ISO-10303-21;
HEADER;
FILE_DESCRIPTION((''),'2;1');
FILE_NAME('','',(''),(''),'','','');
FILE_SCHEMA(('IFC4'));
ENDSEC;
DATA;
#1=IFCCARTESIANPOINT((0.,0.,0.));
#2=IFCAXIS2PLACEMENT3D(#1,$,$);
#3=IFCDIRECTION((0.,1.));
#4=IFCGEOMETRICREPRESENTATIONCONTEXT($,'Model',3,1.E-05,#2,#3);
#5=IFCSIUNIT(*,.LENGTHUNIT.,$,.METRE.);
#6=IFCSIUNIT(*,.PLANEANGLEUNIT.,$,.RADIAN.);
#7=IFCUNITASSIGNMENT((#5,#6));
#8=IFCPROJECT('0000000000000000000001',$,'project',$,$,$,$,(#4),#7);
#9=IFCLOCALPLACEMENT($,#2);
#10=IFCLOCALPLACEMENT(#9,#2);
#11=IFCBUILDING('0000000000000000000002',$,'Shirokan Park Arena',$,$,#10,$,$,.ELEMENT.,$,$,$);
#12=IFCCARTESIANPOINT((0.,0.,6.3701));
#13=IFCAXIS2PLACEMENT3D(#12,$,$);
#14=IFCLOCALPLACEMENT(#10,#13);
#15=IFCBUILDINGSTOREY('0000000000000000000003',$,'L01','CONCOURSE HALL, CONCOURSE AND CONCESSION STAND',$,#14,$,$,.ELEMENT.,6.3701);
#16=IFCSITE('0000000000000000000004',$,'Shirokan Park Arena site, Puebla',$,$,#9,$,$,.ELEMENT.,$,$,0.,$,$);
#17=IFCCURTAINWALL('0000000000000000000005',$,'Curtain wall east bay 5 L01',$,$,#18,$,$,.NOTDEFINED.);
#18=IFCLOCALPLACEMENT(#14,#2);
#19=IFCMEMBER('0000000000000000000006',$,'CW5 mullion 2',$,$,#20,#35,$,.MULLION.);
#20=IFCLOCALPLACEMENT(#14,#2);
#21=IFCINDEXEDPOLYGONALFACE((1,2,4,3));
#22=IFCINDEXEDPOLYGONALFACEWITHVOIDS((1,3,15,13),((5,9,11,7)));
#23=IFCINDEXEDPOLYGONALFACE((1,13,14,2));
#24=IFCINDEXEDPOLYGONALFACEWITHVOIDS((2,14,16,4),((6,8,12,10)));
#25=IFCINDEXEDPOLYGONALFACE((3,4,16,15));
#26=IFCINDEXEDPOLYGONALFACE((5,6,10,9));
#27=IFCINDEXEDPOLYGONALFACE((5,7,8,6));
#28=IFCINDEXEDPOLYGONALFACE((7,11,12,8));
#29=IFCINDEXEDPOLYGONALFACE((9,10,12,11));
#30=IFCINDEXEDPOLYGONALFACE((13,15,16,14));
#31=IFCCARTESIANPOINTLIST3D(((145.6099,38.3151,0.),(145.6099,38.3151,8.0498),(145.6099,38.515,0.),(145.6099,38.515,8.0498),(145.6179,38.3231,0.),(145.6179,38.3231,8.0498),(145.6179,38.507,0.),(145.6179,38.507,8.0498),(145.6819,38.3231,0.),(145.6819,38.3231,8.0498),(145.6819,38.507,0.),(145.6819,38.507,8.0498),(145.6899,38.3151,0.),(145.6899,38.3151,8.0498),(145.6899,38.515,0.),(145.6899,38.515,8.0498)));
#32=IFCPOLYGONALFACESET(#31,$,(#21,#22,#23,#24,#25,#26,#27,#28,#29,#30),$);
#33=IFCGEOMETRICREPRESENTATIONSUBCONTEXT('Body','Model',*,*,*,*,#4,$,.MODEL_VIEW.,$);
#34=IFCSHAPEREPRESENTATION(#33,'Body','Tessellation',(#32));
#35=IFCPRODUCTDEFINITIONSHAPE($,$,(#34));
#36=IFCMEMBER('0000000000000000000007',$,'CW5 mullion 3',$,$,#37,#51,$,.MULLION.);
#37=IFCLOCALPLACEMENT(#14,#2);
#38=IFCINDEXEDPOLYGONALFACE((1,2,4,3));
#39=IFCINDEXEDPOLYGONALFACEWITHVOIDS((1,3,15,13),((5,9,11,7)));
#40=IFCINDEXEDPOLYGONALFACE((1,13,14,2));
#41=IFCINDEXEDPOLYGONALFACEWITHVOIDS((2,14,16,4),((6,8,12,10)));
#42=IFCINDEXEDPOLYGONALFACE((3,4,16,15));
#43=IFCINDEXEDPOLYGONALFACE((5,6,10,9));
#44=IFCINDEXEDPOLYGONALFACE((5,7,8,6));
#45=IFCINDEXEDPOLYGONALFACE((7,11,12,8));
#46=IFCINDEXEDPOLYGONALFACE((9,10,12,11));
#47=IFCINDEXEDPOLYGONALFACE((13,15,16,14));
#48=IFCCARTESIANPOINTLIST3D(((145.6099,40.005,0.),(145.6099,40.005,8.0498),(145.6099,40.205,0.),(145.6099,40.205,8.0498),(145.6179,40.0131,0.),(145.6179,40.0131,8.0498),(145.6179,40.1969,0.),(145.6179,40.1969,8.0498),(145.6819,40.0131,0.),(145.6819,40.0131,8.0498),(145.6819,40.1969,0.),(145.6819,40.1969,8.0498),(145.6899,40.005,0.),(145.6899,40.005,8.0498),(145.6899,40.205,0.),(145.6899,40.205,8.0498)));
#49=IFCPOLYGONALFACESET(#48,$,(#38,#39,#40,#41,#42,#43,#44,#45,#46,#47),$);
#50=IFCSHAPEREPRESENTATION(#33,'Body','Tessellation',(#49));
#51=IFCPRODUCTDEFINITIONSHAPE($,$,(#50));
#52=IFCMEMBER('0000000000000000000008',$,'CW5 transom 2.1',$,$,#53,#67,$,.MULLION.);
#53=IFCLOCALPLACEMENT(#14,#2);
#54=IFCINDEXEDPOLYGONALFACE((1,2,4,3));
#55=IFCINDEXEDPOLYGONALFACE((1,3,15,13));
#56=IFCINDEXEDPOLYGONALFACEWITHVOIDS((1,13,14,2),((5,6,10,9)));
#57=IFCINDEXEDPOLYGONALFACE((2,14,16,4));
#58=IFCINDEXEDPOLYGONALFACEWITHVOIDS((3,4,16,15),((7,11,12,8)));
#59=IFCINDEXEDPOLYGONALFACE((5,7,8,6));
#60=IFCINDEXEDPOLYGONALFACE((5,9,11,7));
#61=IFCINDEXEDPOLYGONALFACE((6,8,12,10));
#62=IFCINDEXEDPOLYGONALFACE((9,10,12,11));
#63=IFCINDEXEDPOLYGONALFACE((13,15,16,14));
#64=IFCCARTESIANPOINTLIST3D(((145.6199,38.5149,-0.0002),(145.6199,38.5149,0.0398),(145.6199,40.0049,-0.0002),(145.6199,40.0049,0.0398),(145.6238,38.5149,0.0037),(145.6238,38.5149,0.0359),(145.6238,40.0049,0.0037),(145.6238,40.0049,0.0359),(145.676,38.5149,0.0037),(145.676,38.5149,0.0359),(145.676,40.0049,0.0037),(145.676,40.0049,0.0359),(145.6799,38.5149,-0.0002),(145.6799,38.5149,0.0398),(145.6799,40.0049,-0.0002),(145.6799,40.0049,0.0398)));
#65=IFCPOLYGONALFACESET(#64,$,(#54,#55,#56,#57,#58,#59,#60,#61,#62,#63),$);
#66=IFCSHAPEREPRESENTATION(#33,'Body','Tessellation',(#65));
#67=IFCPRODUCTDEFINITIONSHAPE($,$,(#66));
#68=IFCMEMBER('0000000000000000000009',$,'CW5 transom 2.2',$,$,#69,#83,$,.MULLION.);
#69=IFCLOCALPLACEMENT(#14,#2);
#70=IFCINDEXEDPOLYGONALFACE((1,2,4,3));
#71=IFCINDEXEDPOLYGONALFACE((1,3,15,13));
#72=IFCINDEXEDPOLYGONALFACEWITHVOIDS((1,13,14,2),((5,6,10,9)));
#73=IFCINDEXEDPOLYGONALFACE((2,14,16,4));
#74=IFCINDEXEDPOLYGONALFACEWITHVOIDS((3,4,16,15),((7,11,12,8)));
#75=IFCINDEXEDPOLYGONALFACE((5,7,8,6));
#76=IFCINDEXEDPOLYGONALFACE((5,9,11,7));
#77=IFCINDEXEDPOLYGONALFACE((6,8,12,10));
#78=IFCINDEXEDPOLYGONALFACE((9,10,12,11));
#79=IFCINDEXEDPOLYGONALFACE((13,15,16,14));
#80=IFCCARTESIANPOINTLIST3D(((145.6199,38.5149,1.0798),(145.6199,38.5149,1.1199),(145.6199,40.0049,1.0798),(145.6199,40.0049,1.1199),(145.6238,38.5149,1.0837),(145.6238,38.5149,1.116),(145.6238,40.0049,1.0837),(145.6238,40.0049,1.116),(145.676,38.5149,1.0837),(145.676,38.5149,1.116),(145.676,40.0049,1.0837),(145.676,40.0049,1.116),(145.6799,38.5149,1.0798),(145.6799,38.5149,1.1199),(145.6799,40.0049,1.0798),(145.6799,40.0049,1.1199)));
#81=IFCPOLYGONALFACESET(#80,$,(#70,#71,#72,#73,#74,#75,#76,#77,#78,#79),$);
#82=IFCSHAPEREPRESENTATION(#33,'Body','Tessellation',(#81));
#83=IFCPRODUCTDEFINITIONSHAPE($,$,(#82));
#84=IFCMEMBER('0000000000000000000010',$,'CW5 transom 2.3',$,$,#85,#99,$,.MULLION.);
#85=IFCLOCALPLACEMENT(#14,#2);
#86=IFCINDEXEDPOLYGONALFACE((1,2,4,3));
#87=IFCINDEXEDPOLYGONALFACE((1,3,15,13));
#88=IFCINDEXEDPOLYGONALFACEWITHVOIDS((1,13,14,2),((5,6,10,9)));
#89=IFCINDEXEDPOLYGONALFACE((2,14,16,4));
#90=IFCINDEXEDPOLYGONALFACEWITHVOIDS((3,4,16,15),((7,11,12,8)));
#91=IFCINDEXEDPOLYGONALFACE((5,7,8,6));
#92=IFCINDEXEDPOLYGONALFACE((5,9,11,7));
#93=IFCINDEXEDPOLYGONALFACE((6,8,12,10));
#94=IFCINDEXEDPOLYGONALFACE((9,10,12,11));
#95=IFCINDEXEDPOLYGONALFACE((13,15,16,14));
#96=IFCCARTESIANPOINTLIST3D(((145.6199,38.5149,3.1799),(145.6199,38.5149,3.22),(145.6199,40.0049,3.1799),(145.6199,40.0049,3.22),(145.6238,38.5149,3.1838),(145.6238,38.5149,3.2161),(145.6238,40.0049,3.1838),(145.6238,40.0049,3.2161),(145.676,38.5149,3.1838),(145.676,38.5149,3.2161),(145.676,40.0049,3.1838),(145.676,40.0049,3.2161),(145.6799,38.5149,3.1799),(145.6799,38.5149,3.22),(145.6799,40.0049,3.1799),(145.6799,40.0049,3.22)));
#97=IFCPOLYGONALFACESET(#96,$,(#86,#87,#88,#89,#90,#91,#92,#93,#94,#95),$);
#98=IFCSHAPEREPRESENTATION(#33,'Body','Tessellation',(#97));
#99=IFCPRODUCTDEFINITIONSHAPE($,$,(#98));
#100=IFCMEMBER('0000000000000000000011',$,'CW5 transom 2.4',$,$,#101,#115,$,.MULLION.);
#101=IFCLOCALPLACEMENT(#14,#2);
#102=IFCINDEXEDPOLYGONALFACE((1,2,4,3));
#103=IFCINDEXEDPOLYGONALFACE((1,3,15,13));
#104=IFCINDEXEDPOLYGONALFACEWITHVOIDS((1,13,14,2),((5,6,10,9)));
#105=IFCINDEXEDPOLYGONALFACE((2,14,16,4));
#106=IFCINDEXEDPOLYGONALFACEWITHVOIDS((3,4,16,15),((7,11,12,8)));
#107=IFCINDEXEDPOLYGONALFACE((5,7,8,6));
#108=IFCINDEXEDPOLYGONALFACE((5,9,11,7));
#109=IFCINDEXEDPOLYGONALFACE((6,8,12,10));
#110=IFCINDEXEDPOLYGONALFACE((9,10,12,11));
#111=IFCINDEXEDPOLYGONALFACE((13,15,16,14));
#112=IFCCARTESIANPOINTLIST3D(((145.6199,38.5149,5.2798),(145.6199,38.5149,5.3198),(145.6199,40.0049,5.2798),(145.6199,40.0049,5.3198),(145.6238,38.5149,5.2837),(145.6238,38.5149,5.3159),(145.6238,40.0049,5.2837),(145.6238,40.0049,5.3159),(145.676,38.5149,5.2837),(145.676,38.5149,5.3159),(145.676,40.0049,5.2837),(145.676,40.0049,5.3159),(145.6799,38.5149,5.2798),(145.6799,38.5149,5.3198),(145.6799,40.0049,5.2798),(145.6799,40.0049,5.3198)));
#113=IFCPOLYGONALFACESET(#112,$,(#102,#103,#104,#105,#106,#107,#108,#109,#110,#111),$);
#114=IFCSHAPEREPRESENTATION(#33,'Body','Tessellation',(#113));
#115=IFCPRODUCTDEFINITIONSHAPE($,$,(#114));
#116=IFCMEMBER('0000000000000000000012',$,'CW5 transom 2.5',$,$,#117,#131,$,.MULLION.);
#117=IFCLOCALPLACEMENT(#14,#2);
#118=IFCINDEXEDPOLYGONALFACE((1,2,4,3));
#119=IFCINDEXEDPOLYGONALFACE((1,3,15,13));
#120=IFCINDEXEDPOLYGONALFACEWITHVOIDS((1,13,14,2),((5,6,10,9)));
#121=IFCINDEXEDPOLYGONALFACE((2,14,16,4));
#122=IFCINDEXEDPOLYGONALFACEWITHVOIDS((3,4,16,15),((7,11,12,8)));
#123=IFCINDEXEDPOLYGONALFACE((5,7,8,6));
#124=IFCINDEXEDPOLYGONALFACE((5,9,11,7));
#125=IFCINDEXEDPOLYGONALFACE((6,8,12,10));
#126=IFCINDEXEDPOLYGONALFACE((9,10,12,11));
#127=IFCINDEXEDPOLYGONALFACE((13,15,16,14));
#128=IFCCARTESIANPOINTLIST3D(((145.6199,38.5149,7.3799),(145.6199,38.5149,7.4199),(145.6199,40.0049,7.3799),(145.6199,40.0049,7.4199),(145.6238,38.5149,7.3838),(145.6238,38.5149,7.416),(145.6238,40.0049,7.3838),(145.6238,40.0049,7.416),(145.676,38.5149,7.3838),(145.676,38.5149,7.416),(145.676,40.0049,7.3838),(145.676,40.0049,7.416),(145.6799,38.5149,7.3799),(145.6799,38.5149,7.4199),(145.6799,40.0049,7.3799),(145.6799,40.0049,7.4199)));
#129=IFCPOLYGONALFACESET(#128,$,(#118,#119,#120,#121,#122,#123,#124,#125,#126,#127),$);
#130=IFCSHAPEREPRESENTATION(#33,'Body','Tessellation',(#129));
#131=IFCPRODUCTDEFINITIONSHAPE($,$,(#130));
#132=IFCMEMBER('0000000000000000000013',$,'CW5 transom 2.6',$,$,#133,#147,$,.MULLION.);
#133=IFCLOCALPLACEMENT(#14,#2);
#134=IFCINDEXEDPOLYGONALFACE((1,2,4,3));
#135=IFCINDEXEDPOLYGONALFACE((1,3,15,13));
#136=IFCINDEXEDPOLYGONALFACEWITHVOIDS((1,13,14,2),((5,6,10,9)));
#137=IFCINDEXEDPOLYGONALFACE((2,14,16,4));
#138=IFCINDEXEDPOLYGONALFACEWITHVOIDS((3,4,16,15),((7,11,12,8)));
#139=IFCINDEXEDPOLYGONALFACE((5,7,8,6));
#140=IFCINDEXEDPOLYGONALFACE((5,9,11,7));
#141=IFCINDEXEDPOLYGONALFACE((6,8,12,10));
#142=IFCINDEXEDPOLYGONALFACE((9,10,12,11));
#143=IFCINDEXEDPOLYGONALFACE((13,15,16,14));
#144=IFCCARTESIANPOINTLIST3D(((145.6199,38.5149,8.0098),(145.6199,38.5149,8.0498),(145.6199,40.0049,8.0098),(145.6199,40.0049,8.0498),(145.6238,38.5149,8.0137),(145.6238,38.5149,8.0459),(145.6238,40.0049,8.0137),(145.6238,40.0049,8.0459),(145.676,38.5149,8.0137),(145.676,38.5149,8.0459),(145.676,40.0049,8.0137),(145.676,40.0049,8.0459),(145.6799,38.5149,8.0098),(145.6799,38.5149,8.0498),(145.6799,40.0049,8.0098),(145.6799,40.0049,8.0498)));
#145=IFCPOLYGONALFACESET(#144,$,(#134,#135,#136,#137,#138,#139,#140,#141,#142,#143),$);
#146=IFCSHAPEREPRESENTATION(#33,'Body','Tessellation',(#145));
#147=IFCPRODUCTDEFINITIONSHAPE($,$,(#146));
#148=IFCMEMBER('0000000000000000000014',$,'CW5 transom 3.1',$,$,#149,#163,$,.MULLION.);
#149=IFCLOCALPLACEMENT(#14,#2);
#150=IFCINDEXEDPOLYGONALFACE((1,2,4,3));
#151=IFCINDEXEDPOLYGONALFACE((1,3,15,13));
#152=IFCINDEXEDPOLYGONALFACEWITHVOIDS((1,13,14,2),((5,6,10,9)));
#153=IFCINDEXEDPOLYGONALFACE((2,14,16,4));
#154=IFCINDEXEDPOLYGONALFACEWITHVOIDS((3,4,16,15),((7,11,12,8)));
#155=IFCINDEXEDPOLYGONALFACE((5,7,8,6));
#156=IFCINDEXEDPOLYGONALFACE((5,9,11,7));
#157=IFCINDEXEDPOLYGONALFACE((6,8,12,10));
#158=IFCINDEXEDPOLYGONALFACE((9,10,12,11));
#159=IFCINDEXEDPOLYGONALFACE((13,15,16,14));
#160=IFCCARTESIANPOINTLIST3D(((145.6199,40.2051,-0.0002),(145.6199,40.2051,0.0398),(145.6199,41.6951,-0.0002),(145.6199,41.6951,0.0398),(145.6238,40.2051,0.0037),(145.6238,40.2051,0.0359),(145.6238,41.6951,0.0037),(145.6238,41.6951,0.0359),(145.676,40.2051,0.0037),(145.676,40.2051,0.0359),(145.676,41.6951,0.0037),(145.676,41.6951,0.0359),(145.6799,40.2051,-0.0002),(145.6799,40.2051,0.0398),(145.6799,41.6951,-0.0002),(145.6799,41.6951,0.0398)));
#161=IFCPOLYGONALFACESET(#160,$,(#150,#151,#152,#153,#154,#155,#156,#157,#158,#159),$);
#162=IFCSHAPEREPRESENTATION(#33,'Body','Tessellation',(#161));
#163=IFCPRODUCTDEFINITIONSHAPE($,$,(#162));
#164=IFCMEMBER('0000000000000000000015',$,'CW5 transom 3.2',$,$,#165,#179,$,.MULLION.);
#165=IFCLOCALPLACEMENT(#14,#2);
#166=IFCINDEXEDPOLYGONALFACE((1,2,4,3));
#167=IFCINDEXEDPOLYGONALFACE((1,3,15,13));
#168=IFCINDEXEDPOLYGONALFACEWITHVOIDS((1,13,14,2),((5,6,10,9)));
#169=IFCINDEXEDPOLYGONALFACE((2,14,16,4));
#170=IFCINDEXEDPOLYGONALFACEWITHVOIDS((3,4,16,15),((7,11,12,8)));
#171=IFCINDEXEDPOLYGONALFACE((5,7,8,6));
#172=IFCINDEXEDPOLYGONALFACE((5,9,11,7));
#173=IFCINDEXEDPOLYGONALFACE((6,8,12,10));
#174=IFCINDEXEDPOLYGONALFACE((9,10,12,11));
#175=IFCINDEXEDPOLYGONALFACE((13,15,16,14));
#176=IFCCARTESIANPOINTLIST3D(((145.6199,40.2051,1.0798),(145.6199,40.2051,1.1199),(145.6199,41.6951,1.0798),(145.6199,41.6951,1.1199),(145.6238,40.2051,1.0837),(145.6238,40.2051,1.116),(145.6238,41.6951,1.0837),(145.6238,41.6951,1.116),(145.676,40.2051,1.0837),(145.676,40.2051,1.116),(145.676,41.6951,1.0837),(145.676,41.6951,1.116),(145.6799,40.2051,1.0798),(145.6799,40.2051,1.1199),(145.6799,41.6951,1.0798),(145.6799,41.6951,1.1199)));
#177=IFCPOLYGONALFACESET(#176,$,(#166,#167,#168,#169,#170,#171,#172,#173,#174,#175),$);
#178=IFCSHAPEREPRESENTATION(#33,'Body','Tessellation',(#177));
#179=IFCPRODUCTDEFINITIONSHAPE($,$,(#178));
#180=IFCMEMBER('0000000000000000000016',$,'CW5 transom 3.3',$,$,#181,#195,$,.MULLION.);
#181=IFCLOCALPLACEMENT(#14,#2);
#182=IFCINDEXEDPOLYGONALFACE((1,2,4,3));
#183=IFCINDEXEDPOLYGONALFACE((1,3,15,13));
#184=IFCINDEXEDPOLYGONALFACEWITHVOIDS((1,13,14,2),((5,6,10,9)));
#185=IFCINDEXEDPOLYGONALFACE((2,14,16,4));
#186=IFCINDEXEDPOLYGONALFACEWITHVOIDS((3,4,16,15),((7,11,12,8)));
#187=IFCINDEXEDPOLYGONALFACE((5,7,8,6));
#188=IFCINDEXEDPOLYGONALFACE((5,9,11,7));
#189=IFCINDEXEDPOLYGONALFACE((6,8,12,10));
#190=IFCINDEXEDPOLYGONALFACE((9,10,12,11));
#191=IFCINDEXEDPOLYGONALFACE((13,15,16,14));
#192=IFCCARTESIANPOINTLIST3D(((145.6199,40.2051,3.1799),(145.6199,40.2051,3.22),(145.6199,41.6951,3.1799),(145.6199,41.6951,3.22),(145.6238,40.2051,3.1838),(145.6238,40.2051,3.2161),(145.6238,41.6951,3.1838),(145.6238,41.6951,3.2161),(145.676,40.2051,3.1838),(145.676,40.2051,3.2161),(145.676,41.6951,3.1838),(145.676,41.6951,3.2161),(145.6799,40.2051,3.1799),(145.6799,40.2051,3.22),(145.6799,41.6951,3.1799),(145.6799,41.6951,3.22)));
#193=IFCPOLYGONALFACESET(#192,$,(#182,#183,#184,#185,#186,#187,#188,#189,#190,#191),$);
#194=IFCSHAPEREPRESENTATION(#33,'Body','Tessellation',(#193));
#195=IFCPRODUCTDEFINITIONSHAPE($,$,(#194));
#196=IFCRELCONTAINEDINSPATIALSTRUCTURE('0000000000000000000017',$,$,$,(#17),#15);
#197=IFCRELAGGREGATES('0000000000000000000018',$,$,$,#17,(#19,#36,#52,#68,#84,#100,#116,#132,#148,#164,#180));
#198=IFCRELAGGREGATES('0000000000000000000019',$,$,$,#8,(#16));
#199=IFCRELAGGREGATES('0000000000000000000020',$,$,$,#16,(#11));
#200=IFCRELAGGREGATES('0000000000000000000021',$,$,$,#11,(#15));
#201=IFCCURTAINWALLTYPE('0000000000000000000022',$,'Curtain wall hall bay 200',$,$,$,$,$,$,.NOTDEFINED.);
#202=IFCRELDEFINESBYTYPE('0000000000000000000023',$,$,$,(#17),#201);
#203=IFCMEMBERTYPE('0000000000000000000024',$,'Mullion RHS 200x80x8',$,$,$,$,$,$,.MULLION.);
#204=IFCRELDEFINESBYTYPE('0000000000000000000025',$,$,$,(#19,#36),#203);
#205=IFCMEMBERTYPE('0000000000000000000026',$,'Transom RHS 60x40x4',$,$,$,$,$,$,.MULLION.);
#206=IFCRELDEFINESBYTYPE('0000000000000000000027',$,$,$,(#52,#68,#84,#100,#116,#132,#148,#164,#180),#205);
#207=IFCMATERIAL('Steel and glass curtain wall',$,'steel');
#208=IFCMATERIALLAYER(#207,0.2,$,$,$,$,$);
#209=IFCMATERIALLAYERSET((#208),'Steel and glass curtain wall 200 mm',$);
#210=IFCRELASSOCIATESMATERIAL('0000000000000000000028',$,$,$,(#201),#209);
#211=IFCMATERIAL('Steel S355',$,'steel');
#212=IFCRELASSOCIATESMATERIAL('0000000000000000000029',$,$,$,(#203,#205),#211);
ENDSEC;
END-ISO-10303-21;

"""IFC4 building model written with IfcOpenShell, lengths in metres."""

from ifc_helpers import new_model, si_unit, direction, frame, origin, origin_2d, place, context, subcontext, project, spatial, hollow_rectangle, extrude, material, layer, layer_set, material_profile, profile_set, type_object, element, aggregate, save


model = new_model("IFC4")

# Units and contexts
model_context = context("Model", 3, precision=1e-05, world=origin(), true_north=direction((0.0, 1.0)))
body_context = subcontext(model_context, "Body", "Model", "MODEL_VIEW")
ifc_project = project(units=[si_unit("LENGTHUNIT", "METRE"), si_unit("PLANEANGLEUNIT", "RADIAN")], contexts=[model_context])

# Site, building, storey
site_placement = place(None, origin())
site = spatial("IfcSite", under=ifc_project, at=site_placement, Name="Shirokan Park Arena site, Puebla", CompositionType="ELEMENT", RefElevation=0.0)
building_placement = place(site_placement, origin())
building = spatial("IfcBuilding", under=site, at=building_placement, Name="Shirokan Park Arena", CompositionType="ELEMENT")
storey_placement = place(building_placement, frame((0.0, 0.0, 6.3701)))
storey = spatial("IfcBuildingStorey", under=building, at=storey_placement, Name="L01", Description="CONCOURSE HALL, CONCOURSE AND CONCESSION STAND", CompositionType="ELEMENT", Elevation=6.3701)

# Curtain wall, members
ifc_material_1 = material(Name="Steel and glass curtain wall", Category="steel")
ifc_layer_1 = layer(ifc_material_1, 0.2)
ifc_layer_set_1 = layer_set([ifc_layer_1], Name="Steel and glass curtain wall 200 mm")
curtain_wall_type = type_object("IfcCurtainWallType", Name="Curtain wall hall bay 200", PredefinedType="NOTDEFINED", material=ifc_layer_set_1)
curtain_wall_placement = place(storey_placement, origin())
curtain_wall = element("IfcCurtainWall", 1, at=curtain_wall_placement, inside=storey, type_object=curtain_wall_type, Name="Curtain wall east bay 5 L01", PredefinedType="NOTDEFINED")
ifc_material_2 = material(Name="Steel S355", Category="steel")
ifc_material_profile_1 = material_profile(ifc_material_2, hollow_rectangle(XDim=0.0801, YDim=0.2, WallThickness=0.0081, at=origin_2d()), Name="RHS 200x80x8")
ifc_profile_set_1 = profile_set([ifc_material_profile_1], Name="Steel S355")
member_type_1 = type_object("IfcMemberType", Name="Mullion RHS 200x80x8", PredefinedType="MULLION", material=ifc_profile_set_1)
member_1_placement = place(storey_placement, frame((145.6499, 38.415, 0.0), z_axis=(0.0, 0.0, 1.0), x_axis=(-1.0, 0.0, 0.0)))
member_1 = element("IfcMember", 2, at=member_1_placement, type_object=member_type_1, Name="CW5 mullion 2", PredefinedType="MULLION", context=body_context, shape_type="SweptSolid", body=[
    extrude(hollow_rectangle(XDim=0.0801, YDim=0.2, WallThickness=0.0081, at=origin_2d()), origin(), (0.0, 0.0, 1.0), 8.0498),
])
member_2_placement = place(storey_placement, frame((145.6499, 40.105, 0.0), z_axis=(0.0, 0.0, 1.0), x_axis=(-1.0, 0.0, 0.0)))
member_2 = element("IfcMember", 3, at=member_2_placement, type_object=member_type_1, Name="CW5 mullion 3", PredefinedType="MULLION", context=body_context, shape_type="SweptSolid", body=[
    extrude(hollow_rectangle(XDim=0.0801, YDim=0.2, WallThickness=0.0081, at=origin_2d()), origin(), (0.0, 0.0, 1.0), 8.0498),
])
ifc_material_profile_2 = material_profile(ifc_material_2, hollow_rectangle(XDim=0.0601, YDim=0.04, WallThickness=0.0039, at=origin_2d()), Name="RHS 60x40x4")
ifc_profile_set_2 = profile_set([ifc_material_profile_2], Name="Steel S355")
member_type_2 = type_object("IfcMemberType", Name="Transom RHS 60x40x4", PredefinedType="MULLION", material=ifc_profile_set_2)
member_3_placement = place(storey_placement, frame((145.6499, 38.5149, 0.0198), z_axis=(0.0, 1.0, 0.0), x_axis=(-1.0, 0.0, 0.0)))
member_3 = element("IfcMember", 4, at=member_3_placement, type_object=member_type_2, Name="CW5 transom 2.1", PredefinedType="MULLION", context=body_context, shape_type="SweptSolid", body=[
    extrude(hollow_rectangle(XDim=0.0601, YDim=0.04, WallThickness=0.0039, at=origin_2d()), origin(), (0.0, 0.0, 1.0), 1.49),
])
member_4_placement = place(storey_placement, frame((145.6499, 38.5149, 1.0999), z_axis=(0.0, 1.0, 0.0), x_axis=(-1.0, 0.0, 0.0)))
member_4 = element("IfcMember", 5, at=member_4_placement, type_object=member_type_2, Name="CW5 transom 2.2", PredefinedType="MULLION", context=body_context, shape_type="SweptSolid", body=[
    extrude(hollow_rectangle(XDim=0.0601, YDim=0.04, WallThickness=0.0039, at=origin_2d()), origin(), (0.0, 0.0, 1.0), 1.49),
])
member_5_placement = place(storey_placement, frame((145.6499, 38.5149, 3.2), z_axis=(0.0, 1.0, 0.0), x_axis=(-1.0, 0.0, 0.0)))
member_5 = element("IfcMember", 6, at=member_5_placement, type_object=member_type_2, Name="CW5 transom 2.3", PredefinedType="MULLION", context=body_context, shape_type="SweptSolid", body=[
    extrude(hollow_rectangle(XDim=0.0601, YDim=0.04, WallThickness=0.0039, at=origin_2d()), origin(), (0.0, 0.0, 1.0), 1.49),
])
member_6_placement = place(storey_placement, frame((145.6499, 38.5149, 5.2998), z_axis=(0.0, 1.0, 0.0), x_axis=(-1.0, 0.0, 0.0)))
member_6 = element("IfcMember", 7, at=member_6_placement, type_object=member_type_2, Name="CW5 transom 2.4", PredefinedType="MULLION", context=body_context, shape_type="SweptSolid", body=[
    extrude(hollow_rectangle(XDim=0.0601, YDim=0.04, WallThickness=0.0039, at=origin_2d()), origin(), (0.0, 0.0, 1.0), 1.49),
])
member_7_placement = place(storey_placement, frame((145.6499, 38.5149, 7.3999), z_axis=(0.0, 1.0, 0.0), x_axis=(-1.0, 0.0, 0.0)))
member_7 = element("IfcMember", 8, at=member_7_placement, type_object=member_type_2, Name="CW5 transom 2.5", PredefinedType="MULLION", context=body_context, shape_type="SweptSolid", body=[
    extrude(hollow_rectangle(XDim=0.0601, YDim=0.04, WallThickness=0.0039, at=origin_2d()), origin(), (0.0, 0.0, 1.0), 1.49),
])
member_8_placement = place(storey_placement, frame((145.6499, 38.5149, 8.0298), z_axis=(0.0, 1.0, 0.0), x_axis=(-1.0, 0.0, 0.0)))
member_8 = element("IfcMember", 9, at=member_8_placement, type_object=member_type_2, Name="CW5 transom 2.6", PredefinedType="MULLION", context=body_context, shape_type="SweptSolid", body=[
    extrude(hollow_rectangle(XDim=0.0601, YDim=0.04, WallThickness=0.0039, at=origin_2d()), origin(), (0.0, 0.0, 1.0), 1.49),
])
member_9_placement = place(storey_placement, frame((145.6499, 40.2051, 0.0198), z_axis=(0.0, 1.0, 0.0), x_axis=(-1.0, 0.0, 0.0)))
member_9 = element("IfcMember", 10, at=member_9_placement, type_object=member_type_2, Name="CW5 transom 3.1", PredefinedType="MULLION", context=body_context, shape_type="SweptSolid", body=[
    extrude(hollow_rectangle(XDim=0.0601, YDim=0.04, WallThickness=0.0039, at=origin_2d()), origin(), (0.0, 0.0, 1.0), 1.49),
])
member_10_placement = place(storey_placement, frame((145.6499, 40.2051, 1.0999), z_axis=(0.0, 1.0, 0.0), x_axis=(-1.0, 0.0, 0.0)))
member_10 = element("IfcMember", 11, at=member_10_placement, type_object=member_type_2, Name="CW5 transom 3.2", PredefinedType="MULLION", context=body_context, shape_type="SweptSolid", body=[
    extrude(hollow_rectangle(XDim=0.0601, YDim=0.04, WallThickness=0.0039, at=origin_2d()), origin(), (0.0, 0.0, 1.0), 1.49),
])
member_11_placement = place(storey_placement, frame((145.6499, 40.2051, 3.2), z_axis=(0.0, 1.0, 0.0), x_axis=(-1.0, 0.0, 0.0)))
member_11 = element("IfcMember", 12, at=member_11_placement, type_object=member_type_2, Name="CW5 transom 3.3", PredefinedType="MULLION", context=body_context, shape_type="SweptSolid", body=[
    extrude(hollow_rectangle(XDim=0.0601, YDim=0.04, WallThickness=0.0039, at=origin_2d()), origin(), (0.0, 0.0, 1.0), 1.49),
])
aggregate(curtain_wall, [member_1, member_2, member_3, member_4, member_5, member_6, member_7, member_8, member_9, member_10, member_11])

save(model, "model.ifc")
